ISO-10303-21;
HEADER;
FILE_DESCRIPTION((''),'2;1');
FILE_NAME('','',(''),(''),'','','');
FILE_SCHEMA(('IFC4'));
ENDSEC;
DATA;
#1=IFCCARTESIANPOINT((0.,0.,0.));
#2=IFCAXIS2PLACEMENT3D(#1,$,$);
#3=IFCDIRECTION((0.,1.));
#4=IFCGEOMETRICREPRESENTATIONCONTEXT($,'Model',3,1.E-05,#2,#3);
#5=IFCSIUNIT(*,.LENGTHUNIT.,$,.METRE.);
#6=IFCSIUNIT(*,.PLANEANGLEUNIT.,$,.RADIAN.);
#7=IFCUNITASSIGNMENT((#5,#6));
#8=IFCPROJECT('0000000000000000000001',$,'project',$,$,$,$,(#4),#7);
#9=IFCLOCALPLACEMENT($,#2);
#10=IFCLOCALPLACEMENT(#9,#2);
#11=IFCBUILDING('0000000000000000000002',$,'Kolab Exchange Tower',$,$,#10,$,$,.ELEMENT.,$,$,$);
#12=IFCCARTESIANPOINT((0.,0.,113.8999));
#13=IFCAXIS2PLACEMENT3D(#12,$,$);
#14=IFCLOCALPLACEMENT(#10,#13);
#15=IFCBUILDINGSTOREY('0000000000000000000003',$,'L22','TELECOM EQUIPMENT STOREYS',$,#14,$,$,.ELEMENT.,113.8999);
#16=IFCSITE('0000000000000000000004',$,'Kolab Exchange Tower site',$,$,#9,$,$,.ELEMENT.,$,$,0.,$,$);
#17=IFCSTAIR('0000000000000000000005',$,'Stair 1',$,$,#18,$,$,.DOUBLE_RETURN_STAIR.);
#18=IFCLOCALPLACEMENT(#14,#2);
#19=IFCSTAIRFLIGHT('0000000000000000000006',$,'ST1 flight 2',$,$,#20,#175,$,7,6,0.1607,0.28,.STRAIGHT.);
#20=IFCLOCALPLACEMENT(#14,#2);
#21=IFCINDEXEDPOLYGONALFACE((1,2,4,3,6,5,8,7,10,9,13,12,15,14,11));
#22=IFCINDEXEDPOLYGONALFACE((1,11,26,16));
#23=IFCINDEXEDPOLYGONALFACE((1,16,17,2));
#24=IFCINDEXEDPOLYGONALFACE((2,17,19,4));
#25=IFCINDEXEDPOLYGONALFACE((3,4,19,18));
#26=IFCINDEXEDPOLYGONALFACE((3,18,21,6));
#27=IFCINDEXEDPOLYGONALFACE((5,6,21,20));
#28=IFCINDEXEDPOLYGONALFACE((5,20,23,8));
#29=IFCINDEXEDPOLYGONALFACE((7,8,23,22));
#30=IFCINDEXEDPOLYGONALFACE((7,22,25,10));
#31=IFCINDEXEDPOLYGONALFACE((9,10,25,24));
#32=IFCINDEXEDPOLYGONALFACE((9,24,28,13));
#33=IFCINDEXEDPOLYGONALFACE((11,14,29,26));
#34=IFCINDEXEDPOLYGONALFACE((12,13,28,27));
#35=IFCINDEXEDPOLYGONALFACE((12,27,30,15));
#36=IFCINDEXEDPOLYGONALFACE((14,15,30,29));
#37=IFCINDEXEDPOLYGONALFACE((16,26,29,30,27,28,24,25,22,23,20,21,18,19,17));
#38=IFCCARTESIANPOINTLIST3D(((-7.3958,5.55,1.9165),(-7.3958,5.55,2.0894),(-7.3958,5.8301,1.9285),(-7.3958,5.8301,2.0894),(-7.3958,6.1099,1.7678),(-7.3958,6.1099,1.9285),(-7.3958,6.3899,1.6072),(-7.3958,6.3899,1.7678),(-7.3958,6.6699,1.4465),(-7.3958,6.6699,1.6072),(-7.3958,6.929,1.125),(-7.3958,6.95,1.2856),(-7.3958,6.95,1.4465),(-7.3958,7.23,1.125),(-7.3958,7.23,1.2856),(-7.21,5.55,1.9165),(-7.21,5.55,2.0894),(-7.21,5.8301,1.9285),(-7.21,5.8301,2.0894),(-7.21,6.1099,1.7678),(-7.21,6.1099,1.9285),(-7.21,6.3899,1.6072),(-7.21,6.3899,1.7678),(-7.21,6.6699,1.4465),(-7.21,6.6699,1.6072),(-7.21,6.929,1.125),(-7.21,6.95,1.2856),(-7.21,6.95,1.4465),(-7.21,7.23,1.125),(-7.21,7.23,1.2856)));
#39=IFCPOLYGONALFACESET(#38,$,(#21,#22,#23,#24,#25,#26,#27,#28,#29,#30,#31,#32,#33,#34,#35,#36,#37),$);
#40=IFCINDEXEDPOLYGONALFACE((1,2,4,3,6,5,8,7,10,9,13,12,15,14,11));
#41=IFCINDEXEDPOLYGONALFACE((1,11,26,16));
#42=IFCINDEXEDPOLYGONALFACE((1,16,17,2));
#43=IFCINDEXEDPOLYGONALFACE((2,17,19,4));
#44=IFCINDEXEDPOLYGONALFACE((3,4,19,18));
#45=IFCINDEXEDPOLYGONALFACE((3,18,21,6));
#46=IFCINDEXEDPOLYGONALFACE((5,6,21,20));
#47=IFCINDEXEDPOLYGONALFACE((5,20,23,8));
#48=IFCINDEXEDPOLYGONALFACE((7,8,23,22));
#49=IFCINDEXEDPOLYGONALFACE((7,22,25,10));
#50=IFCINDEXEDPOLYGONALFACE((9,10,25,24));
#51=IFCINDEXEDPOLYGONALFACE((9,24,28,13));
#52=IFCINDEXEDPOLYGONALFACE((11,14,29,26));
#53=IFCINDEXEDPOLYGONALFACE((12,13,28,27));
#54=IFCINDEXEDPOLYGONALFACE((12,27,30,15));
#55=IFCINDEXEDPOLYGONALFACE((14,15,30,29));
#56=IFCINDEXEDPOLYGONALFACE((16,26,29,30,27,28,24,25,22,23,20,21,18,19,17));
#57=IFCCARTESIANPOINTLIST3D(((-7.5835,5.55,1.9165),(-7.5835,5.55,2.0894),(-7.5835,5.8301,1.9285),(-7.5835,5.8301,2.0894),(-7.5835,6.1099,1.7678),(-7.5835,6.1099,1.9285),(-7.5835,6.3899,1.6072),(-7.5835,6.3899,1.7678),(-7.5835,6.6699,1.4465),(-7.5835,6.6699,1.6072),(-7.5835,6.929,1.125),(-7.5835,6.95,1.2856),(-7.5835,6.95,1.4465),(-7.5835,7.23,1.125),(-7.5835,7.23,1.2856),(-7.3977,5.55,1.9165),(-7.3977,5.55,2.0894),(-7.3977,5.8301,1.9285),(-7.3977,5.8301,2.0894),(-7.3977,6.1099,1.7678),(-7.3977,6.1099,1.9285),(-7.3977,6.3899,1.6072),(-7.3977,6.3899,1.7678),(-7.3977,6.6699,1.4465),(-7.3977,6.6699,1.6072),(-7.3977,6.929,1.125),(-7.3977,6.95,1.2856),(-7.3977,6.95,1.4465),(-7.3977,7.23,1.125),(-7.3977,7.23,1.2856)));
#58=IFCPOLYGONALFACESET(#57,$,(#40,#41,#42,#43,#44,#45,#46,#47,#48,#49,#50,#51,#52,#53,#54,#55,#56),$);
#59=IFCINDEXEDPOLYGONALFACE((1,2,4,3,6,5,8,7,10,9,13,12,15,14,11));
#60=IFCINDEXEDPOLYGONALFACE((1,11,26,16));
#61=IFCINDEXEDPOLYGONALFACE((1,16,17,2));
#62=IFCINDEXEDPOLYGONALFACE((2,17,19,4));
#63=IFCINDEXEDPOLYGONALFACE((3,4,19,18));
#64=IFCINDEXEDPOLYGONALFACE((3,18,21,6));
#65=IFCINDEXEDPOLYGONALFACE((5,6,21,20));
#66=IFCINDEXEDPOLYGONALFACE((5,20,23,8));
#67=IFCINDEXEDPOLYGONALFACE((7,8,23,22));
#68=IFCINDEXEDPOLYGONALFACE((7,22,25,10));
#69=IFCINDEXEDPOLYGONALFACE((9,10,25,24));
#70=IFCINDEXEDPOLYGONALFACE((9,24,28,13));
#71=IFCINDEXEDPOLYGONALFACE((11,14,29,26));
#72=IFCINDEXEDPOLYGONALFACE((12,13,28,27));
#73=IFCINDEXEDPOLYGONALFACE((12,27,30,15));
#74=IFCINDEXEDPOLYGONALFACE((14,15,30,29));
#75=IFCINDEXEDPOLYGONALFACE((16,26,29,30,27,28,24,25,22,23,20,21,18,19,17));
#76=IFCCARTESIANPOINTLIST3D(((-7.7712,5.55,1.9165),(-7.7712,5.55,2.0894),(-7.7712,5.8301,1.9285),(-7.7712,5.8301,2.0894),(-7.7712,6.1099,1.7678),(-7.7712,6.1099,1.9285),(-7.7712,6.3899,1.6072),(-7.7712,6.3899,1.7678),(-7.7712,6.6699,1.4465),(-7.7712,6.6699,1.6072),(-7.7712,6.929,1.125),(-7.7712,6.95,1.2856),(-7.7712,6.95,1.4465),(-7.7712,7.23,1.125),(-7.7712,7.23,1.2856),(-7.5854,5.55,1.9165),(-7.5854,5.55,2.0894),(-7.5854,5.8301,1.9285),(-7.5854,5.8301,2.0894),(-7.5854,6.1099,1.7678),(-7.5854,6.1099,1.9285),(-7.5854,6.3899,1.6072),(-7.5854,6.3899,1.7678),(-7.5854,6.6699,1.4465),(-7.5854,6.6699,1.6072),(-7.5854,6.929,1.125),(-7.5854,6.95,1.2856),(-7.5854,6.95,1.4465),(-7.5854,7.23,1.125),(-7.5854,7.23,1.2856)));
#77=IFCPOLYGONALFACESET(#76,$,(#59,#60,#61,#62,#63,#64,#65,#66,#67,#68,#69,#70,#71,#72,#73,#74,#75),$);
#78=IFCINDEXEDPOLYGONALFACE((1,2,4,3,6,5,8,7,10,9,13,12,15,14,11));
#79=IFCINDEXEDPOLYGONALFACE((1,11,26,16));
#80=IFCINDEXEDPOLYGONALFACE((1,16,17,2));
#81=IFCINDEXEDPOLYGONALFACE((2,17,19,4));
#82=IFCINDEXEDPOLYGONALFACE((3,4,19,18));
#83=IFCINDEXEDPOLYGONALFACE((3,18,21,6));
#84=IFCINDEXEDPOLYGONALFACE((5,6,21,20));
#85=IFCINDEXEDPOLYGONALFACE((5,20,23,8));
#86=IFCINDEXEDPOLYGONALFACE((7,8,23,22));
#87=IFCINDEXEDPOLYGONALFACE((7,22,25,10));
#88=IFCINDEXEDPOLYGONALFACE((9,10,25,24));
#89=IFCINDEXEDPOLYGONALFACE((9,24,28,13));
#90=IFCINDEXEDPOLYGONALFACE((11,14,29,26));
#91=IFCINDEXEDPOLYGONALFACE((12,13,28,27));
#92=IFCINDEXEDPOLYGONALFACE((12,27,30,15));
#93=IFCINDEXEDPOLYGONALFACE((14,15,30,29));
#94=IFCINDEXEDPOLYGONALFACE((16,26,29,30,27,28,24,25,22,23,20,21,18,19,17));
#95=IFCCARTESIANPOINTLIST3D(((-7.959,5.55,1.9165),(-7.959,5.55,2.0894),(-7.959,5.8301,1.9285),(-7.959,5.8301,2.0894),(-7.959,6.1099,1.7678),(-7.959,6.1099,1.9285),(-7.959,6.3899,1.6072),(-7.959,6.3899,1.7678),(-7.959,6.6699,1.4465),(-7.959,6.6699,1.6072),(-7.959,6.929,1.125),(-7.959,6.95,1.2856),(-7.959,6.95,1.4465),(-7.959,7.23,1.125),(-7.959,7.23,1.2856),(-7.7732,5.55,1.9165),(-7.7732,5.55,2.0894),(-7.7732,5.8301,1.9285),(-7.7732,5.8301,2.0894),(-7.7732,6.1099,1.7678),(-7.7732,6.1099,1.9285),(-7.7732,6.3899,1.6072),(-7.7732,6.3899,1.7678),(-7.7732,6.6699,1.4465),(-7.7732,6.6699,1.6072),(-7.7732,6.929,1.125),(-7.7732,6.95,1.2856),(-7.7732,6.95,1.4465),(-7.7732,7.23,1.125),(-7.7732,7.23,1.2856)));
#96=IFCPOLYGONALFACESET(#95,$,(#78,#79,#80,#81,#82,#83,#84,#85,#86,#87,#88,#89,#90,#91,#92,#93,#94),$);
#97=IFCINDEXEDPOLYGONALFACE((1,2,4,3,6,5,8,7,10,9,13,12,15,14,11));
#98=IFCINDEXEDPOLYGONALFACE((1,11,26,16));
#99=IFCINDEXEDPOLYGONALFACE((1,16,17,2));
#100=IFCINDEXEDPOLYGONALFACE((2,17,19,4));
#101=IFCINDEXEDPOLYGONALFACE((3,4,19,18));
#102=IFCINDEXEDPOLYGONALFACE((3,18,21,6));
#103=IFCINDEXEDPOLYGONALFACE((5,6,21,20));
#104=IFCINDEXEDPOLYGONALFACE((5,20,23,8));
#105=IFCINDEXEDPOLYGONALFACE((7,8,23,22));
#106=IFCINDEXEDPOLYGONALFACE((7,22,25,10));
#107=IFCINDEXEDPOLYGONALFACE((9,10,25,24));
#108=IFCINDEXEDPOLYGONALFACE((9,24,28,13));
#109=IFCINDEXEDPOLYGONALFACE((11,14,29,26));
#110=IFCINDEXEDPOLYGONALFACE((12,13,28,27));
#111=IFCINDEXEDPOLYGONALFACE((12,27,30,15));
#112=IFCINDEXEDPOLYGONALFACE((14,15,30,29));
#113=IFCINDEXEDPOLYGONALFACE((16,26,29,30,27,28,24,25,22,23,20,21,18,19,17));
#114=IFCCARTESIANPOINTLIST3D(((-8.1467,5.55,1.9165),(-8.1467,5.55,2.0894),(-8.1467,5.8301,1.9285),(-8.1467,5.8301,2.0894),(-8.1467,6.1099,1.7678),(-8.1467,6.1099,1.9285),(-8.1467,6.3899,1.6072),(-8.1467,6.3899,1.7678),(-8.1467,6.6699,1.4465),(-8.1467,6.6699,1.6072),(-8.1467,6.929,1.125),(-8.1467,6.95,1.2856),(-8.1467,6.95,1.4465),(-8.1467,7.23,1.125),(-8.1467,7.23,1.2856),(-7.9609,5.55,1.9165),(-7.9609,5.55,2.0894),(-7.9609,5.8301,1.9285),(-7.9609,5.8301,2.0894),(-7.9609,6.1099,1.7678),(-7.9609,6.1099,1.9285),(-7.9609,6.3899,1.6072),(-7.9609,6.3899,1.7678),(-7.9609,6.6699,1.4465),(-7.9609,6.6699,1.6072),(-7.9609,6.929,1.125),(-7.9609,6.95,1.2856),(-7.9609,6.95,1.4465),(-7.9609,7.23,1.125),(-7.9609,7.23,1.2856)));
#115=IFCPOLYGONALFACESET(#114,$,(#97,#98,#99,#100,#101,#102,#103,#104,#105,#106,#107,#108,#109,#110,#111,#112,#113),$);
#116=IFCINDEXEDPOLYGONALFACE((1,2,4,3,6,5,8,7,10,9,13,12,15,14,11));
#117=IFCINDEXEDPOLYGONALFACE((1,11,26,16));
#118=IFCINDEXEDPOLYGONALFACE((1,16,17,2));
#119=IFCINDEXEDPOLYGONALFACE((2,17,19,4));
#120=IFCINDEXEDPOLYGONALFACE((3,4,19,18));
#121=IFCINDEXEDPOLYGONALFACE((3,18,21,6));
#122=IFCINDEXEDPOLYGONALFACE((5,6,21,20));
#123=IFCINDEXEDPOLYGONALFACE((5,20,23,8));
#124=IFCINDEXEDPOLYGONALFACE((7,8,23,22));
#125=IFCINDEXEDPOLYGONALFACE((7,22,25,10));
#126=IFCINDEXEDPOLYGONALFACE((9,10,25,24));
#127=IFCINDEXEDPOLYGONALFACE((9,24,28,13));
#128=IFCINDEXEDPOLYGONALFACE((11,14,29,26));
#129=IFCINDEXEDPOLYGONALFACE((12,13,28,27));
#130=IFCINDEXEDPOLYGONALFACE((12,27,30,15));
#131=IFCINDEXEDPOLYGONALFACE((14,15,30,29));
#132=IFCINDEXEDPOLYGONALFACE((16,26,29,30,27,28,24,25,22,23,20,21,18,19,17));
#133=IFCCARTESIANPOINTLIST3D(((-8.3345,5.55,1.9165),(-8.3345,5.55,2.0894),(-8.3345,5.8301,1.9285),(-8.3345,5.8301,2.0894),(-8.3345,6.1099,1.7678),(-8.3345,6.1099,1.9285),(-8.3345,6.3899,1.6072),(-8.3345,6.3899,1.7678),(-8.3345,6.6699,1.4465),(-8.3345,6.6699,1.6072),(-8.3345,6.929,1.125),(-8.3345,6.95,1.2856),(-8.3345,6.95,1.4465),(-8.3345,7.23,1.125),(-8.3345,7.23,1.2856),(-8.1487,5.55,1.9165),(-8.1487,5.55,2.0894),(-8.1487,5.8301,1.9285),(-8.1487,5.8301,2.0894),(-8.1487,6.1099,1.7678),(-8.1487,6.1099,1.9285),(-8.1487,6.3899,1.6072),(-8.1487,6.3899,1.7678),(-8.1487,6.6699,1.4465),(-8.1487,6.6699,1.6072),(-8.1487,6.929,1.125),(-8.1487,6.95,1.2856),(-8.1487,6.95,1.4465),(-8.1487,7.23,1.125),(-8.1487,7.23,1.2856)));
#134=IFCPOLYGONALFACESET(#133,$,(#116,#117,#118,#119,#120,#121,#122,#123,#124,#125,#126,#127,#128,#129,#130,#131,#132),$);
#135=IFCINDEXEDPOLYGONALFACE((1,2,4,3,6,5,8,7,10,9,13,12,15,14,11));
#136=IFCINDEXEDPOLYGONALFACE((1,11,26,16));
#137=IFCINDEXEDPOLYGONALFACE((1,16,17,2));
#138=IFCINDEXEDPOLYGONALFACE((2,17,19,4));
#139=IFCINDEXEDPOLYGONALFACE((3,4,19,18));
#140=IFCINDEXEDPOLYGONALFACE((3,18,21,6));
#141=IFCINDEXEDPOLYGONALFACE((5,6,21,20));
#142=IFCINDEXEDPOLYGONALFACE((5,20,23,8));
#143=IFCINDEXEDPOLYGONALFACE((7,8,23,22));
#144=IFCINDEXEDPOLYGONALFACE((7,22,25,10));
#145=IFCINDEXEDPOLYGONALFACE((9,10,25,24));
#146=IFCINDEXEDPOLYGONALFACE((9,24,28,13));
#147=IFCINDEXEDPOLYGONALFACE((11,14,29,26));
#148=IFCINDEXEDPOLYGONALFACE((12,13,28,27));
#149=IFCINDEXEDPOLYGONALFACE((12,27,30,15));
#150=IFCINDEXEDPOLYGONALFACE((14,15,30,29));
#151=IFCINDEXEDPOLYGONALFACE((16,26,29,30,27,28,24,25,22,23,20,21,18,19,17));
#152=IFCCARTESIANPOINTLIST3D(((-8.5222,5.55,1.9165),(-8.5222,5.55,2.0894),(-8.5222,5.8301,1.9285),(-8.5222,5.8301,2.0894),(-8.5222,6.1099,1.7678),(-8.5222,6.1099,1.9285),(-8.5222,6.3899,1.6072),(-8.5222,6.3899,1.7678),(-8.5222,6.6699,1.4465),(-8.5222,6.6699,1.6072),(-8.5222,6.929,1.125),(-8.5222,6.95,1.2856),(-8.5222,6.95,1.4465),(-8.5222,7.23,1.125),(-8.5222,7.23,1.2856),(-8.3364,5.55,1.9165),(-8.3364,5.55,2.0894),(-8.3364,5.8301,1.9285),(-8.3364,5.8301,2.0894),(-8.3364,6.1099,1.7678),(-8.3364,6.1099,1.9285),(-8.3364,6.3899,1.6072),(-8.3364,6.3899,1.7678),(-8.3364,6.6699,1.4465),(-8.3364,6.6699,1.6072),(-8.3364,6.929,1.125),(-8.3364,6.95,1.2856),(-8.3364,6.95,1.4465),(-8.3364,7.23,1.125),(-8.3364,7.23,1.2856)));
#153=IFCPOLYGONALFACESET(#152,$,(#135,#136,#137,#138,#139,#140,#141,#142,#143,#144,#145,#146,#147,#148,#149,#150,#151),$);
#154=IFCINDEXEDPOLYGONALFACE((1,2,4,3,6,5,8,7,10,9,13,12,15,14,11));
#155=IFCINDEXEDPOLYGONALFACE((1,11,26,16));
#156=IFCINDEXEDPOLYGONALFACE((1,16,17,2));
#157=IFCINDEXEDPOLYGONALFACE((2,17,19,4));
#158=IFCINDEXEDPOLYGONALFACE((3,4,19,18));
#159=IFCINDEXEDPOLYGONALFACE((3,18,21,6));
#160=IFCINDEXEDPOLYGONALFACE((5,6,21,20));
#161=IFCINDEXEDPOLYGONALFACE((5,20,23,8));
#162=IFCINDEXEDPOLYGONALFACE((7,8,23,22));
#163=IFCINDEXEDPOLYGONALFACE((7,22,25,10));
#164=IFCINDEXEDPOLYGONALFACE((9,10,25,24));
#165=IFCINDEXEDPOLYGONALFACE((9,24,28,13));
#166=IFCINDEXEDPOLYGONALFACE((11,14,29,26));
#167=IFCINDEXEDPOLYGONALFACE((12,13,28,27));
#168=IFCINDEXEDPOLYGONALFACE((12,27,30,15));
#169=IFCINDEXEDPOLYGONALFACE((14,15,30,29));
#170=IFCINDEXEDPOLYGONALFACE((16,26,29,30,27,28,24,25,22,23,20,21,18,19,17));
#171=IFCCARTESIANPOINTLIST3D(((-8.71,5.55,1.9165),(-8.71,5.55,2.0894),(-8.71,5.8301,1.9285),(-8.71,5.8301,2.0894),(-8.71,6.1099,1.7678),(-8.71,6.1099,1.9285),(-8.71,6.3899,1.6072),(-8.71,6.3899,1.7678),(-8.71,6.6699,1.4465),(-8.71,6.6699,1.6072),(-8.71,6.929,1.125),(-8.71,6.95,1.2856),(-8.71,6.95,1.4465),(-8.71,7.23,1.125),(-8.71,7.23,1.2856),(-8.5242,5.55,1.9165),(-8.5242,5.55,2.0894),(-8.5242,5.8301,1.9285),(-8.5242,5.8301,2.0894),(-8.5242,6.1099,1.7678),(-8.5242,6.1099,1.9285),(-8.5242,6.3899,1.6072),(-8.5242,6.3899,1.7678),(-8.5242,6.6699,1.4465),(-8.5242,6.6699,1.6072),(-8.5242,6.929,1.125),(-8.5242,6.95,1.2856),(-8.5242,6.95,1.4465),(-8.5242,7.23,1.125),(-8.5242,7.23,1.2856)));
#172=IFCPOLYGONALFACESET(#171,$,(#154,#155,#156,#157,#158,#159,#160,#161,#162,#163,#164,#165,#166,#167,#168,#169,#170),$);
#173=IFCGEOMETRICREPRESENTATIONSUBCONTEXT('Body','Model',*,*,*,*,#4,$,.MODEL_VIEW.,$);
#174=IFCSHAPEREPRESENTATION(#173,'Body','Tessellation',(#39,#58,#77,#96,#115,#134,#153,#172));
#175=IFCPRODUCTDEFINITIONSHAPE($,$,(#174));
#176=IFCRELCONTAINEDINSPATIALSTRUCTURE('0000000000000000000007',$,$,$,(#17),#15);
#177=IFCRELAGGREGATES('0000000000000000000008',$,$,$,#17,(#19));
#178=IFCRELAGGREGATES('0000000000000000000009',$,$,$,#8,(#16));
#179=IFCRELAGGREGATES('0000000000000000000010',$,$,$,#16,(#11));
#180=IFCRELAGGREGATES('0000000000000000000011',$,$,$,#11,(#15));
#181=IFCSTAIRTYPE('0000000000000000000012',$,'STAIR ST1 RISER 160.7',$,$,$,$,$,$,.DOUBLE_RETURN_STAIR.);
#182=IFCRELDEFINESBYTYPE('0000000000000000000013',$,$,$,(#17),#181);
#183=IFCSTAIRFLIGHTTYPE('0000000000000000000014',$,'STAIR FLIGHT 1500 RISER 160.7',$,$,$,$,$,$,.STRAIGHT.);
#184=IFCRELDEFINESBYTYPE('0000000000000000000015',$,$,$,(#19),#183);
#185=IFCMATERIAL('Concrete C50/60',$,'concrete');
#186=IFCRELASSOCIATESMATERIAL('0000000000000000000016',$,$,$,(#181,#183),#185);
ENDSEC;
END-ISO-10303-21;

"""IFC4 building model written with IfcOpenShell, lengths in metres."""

from ifc_helpers import new_model, si_unit, direction, frame, origin, place, context, subcontext, project, spatial, polyline, outline, extrude, material, type_object, element, aggregate, save


model = new_model("IFC4")

# Units and contexts
model_context = context("Model", 3, precision=1e-05, world=origin(), true_north=direction((0.0, 1.0)))
body_context = subcontext(model_context, "Body", "Model", "MODEL_VIEW")
ifc_project = project(units=[si_unit("LENGTHUNIT", "METRE"), si_unit("PLANEANGLEUNIT", "RADIAN")], contexts=[model_context])

# Site, building, storey
site_placement = place(None, origin())
site = spatial("IfcSite", under=ifc_project, at=site_placement, Name="Kolab Exchange Tower site", CompositionType="ELEMENT", RefElevation=0.0)
building_placement = place(site_placement, origin())
building = spatial("IfcBuilding", under=site, at=building_placement, Name="Kolab Exchange Tower", CompositionType="ELEMENT")
storey_placement = place(building_placement, frame((0.0, 0.0, 113.8999)))
storey = spatial("IfcBuildingStorey", under=building, at=storey_placement, Name="L22", Description="TELECOM EQUIPMENT STOREYS", CompositionType="ELEMENT", Elevation=113.8999)

# Shared definitions
ifc_material_1 = material(Name="Concrete C50/60", Category="concrete")

# Stair, stair flight
stair_type = type_object("IfcStairType", Name="STAIR ST1 RISER 160.7", PredefinedType="DOUBLE_RETURN_STAIR", material=ifc_material_1)
stair_placement = place(storey_placement, origin())
stair = element("IfcStair", 1, at=stair_placement, inside=storey, type_object=stair_type, Name="Stair 1", PredefinedType="DOUBLE_RETURN_STAIR")
stair_flight_type = type_object("IfcStairFlightType", Name="STAIR FLIGHT 1500 RISER 160.7", PredefinedType="STRAIGHT", material=ifc_material_1)
stair_flight_1_placement = place(storey_placement, frame((-7.96, 7.23, 1.125), z_axis=(0.0, 0.0, 1.0), x_axis=(0.0, -1.0, 0.0)))
stair_flight_1 = element("IfcStairFlight", 2, at=stair_flight_1_placement, type_object=stair_flight_type, Name="ST1 flight 2", NumberOfRisers=7, NumberOfTreads=6, PredefinedType="STRAIGHT", RiserHeight=0.1607, TreadLength=0.28, context=body_context, shape_type="SweptSolid", body=[
    extrude(outline(polyline([(0.0, 0.0), (0.0, 0.1606), (0.28, 0.1606), (0.28, 0.3215), (0.5601, 0.3215), (0.5601, 0.4822), (0.8401, 0.4822), (0.8401, 0.6428), (1.1201, 0.6428), (1.1201, 0.8035), (1.3999, 0.8035), (1.3999, 0.9644), (1.6799, 0.9644), (1.6799, 1.125), (1.6799, 0.7915), (0.301, 0.0), (0.0, 0.0)])), frame((0.0, 0.75, 0.0), z_axis=(0.0, -1.0, 0.0), x_axis=(1.0, 0.0, 0.0)), (0.0, 0.0, 1.0), 0.1858),
    extrude(outline(polyline([(0.0, 0.0), (0.0, 0.1606), (0.28, 0.1606), (0.28, 0.3215), (0.5601, 0.3215), (0.5601, 0.4822), (0.8401, 0.4822), (0.8401, 0.6428), (1.1201, 0.6428), (1.1201, 0.8035), (1.3999, 0.8035), (1.3999, 0.9644), (1.6799, 0.9644), (1.6799, 1.125), (1.6799, 0.7915), (0.301, 0.0), (0.0, 0.0)])), frame((0.0, 0.5623, 0.0), z_axis=(0.0, -1.0, 0.0), x_axis=(1.0, 0.0, 0.0)), (0.0, 0.0, 1.0), 0.1858),
    extrude(outline(polyline([(0.0, 0.0), (0.0, 0.1606), (0.28, 0.1606), (0.28, 0.3215), (0.5601, 0.3215), (0.5601, 0.4822), (0.8401, 0.4822), (0.8401, 0.6428), (1.1201, 0.6428), (1.1201, 0.8035), (1.3999, 0.8035), (1.3999, 0.9644), (1.6799, 0.9644), (1.6799, 1.125), (1.6799, 0.7915), (0.301, 0.0), (0.0, 0.0)])), frame((0.0, 0.3745, 0.0), z_axis=(0.0, -1.0, 0.0), x_axis=(1.0, 0.0, 0.0)), (0.0, 0.0, 1.0), 0.1858),
    extrude(outline(polyline([(0.0, 0.0), (0.0, 0.1606), (0.28, 0.1606), (0.28, 0.3215), (0.5601, 0.3215), (0.5601, 0.4822), (0.8401, 0.4822), (0.8401, 0.6428), (1.1201, 0.6428), (1.1201, 0.8035), (1.3999, 0.8035), (1.3999, 0.9644), (1.6799, 0.9644), (1.6799, 1.125), (1.6799, 0.7915), (0.301, 0.0), (0.0, 0.0)])), frame((0.0, 0.1868, 0.0), z_axis=(0.0, -1.0, 0.0), x_axis=(1.0, 0.0, 0.0)), (0.0, 0.0, 1.0), 0.1858),
    extrude(outline(polyline([(0.0, 0.0), (0.0, 0.1606), (0.28, 0.1606), (0.28, 0.3215), (0.5601, 0.3215), (0.5601, 0.4822), (0.8401, 0.4822), (0.8401, 0.6428), (1.1201, 0.6428), (1.1201, 0.8035), (1.3999, 0.8035), (1.3999, 0.9644), (1.6799, 0.9644), (1.6799, 1.125), (1.6799, 0.7915), (0.301, 0.0), (0.0, 0.0)])), frame((0.0, -0.001, 0.0), z_axis=(0.0, -1.0, 0.0), x_axis=(1.0, 0.0, 0.0)), (0.0, 0.0, 1.0), 0.1858),
    extrude(outline(polyline([(0.0, 0.0), (0.0, 0.1606), (0.28, 0.1606), (0.28, 0.3215), (0.5601, 0.3215), (0.5601, 0.4822), (0.8401, 0.4822), (0.8401, 0.6428), (1.1201, 0.6428), (1.1201, 0.8035), (1.3999, 0.8035), (1.3999, 0.9644), (1.6799, 0.9644), (1.6799, 1.125), (1.6799, 0.7915), (0.301, 0.0), (0.0, 0.0)])), frame((0.0, -0.1887, 0.0), z_axis=(0.0, -1.0, 0.0), x_axis=(1.0, 0.0, 0.0)), (0.0, 0.0, 1.0), 0.1858),
    extrude(outline(polyline([(0.0, 0.0), (0.0, 0.1606), (0.28, 0.1606), (0.28, 0.3215), (0.5601, 0.3215), (0.5601, 0.4822), (0.8401, 0.4822), (0.8401, 0.6428), (1.1201, 0.6428), (1.1201, 0.8035), (1.3999, 0.8035), (1.3999, 0.9644), (1.6799, 0.9644), (1.6799, 1.125), (1.6799, 0.7915), (0.301, 0.0), (0.0, 0.0)])), frame((0.0, -0.3765, 0.0), z_axis=(0.0, -1.0, 0.0), x_axis=(1.0, 0.0, 0.0)), (0.0, 0.0, 1.0), 0.1858),
    extrude(outline(polyline([(0.0, 0.0), (0.0, 0.1606), (0.28, 0.1606), (0.28, 0.3215), (0.5601, 0.3215), (0.5601, 0.4822), (0.8401, 0.4822), (0.8401, 0.6428), (1.1201, 0.6428), (1.1201, 0.8035), (1.3999, 0.8035), (1.3999, 0.9644), (1.6799, 0.9644), (1.6799, 1.125), (1.6799, 0.7915), (0.301, 0.0), (0.0, 0.0)])), frame((0.0, -0.5642, 0.0), z_axis=(0.0, -1.0, 0.0), x_axis=(1.0, 0.0, 0.0)), (0.0, 0.0, 1.0), 0.1858),
])
aggregate(stair, [stair_flight_1])

save(model, "model.ifc")
